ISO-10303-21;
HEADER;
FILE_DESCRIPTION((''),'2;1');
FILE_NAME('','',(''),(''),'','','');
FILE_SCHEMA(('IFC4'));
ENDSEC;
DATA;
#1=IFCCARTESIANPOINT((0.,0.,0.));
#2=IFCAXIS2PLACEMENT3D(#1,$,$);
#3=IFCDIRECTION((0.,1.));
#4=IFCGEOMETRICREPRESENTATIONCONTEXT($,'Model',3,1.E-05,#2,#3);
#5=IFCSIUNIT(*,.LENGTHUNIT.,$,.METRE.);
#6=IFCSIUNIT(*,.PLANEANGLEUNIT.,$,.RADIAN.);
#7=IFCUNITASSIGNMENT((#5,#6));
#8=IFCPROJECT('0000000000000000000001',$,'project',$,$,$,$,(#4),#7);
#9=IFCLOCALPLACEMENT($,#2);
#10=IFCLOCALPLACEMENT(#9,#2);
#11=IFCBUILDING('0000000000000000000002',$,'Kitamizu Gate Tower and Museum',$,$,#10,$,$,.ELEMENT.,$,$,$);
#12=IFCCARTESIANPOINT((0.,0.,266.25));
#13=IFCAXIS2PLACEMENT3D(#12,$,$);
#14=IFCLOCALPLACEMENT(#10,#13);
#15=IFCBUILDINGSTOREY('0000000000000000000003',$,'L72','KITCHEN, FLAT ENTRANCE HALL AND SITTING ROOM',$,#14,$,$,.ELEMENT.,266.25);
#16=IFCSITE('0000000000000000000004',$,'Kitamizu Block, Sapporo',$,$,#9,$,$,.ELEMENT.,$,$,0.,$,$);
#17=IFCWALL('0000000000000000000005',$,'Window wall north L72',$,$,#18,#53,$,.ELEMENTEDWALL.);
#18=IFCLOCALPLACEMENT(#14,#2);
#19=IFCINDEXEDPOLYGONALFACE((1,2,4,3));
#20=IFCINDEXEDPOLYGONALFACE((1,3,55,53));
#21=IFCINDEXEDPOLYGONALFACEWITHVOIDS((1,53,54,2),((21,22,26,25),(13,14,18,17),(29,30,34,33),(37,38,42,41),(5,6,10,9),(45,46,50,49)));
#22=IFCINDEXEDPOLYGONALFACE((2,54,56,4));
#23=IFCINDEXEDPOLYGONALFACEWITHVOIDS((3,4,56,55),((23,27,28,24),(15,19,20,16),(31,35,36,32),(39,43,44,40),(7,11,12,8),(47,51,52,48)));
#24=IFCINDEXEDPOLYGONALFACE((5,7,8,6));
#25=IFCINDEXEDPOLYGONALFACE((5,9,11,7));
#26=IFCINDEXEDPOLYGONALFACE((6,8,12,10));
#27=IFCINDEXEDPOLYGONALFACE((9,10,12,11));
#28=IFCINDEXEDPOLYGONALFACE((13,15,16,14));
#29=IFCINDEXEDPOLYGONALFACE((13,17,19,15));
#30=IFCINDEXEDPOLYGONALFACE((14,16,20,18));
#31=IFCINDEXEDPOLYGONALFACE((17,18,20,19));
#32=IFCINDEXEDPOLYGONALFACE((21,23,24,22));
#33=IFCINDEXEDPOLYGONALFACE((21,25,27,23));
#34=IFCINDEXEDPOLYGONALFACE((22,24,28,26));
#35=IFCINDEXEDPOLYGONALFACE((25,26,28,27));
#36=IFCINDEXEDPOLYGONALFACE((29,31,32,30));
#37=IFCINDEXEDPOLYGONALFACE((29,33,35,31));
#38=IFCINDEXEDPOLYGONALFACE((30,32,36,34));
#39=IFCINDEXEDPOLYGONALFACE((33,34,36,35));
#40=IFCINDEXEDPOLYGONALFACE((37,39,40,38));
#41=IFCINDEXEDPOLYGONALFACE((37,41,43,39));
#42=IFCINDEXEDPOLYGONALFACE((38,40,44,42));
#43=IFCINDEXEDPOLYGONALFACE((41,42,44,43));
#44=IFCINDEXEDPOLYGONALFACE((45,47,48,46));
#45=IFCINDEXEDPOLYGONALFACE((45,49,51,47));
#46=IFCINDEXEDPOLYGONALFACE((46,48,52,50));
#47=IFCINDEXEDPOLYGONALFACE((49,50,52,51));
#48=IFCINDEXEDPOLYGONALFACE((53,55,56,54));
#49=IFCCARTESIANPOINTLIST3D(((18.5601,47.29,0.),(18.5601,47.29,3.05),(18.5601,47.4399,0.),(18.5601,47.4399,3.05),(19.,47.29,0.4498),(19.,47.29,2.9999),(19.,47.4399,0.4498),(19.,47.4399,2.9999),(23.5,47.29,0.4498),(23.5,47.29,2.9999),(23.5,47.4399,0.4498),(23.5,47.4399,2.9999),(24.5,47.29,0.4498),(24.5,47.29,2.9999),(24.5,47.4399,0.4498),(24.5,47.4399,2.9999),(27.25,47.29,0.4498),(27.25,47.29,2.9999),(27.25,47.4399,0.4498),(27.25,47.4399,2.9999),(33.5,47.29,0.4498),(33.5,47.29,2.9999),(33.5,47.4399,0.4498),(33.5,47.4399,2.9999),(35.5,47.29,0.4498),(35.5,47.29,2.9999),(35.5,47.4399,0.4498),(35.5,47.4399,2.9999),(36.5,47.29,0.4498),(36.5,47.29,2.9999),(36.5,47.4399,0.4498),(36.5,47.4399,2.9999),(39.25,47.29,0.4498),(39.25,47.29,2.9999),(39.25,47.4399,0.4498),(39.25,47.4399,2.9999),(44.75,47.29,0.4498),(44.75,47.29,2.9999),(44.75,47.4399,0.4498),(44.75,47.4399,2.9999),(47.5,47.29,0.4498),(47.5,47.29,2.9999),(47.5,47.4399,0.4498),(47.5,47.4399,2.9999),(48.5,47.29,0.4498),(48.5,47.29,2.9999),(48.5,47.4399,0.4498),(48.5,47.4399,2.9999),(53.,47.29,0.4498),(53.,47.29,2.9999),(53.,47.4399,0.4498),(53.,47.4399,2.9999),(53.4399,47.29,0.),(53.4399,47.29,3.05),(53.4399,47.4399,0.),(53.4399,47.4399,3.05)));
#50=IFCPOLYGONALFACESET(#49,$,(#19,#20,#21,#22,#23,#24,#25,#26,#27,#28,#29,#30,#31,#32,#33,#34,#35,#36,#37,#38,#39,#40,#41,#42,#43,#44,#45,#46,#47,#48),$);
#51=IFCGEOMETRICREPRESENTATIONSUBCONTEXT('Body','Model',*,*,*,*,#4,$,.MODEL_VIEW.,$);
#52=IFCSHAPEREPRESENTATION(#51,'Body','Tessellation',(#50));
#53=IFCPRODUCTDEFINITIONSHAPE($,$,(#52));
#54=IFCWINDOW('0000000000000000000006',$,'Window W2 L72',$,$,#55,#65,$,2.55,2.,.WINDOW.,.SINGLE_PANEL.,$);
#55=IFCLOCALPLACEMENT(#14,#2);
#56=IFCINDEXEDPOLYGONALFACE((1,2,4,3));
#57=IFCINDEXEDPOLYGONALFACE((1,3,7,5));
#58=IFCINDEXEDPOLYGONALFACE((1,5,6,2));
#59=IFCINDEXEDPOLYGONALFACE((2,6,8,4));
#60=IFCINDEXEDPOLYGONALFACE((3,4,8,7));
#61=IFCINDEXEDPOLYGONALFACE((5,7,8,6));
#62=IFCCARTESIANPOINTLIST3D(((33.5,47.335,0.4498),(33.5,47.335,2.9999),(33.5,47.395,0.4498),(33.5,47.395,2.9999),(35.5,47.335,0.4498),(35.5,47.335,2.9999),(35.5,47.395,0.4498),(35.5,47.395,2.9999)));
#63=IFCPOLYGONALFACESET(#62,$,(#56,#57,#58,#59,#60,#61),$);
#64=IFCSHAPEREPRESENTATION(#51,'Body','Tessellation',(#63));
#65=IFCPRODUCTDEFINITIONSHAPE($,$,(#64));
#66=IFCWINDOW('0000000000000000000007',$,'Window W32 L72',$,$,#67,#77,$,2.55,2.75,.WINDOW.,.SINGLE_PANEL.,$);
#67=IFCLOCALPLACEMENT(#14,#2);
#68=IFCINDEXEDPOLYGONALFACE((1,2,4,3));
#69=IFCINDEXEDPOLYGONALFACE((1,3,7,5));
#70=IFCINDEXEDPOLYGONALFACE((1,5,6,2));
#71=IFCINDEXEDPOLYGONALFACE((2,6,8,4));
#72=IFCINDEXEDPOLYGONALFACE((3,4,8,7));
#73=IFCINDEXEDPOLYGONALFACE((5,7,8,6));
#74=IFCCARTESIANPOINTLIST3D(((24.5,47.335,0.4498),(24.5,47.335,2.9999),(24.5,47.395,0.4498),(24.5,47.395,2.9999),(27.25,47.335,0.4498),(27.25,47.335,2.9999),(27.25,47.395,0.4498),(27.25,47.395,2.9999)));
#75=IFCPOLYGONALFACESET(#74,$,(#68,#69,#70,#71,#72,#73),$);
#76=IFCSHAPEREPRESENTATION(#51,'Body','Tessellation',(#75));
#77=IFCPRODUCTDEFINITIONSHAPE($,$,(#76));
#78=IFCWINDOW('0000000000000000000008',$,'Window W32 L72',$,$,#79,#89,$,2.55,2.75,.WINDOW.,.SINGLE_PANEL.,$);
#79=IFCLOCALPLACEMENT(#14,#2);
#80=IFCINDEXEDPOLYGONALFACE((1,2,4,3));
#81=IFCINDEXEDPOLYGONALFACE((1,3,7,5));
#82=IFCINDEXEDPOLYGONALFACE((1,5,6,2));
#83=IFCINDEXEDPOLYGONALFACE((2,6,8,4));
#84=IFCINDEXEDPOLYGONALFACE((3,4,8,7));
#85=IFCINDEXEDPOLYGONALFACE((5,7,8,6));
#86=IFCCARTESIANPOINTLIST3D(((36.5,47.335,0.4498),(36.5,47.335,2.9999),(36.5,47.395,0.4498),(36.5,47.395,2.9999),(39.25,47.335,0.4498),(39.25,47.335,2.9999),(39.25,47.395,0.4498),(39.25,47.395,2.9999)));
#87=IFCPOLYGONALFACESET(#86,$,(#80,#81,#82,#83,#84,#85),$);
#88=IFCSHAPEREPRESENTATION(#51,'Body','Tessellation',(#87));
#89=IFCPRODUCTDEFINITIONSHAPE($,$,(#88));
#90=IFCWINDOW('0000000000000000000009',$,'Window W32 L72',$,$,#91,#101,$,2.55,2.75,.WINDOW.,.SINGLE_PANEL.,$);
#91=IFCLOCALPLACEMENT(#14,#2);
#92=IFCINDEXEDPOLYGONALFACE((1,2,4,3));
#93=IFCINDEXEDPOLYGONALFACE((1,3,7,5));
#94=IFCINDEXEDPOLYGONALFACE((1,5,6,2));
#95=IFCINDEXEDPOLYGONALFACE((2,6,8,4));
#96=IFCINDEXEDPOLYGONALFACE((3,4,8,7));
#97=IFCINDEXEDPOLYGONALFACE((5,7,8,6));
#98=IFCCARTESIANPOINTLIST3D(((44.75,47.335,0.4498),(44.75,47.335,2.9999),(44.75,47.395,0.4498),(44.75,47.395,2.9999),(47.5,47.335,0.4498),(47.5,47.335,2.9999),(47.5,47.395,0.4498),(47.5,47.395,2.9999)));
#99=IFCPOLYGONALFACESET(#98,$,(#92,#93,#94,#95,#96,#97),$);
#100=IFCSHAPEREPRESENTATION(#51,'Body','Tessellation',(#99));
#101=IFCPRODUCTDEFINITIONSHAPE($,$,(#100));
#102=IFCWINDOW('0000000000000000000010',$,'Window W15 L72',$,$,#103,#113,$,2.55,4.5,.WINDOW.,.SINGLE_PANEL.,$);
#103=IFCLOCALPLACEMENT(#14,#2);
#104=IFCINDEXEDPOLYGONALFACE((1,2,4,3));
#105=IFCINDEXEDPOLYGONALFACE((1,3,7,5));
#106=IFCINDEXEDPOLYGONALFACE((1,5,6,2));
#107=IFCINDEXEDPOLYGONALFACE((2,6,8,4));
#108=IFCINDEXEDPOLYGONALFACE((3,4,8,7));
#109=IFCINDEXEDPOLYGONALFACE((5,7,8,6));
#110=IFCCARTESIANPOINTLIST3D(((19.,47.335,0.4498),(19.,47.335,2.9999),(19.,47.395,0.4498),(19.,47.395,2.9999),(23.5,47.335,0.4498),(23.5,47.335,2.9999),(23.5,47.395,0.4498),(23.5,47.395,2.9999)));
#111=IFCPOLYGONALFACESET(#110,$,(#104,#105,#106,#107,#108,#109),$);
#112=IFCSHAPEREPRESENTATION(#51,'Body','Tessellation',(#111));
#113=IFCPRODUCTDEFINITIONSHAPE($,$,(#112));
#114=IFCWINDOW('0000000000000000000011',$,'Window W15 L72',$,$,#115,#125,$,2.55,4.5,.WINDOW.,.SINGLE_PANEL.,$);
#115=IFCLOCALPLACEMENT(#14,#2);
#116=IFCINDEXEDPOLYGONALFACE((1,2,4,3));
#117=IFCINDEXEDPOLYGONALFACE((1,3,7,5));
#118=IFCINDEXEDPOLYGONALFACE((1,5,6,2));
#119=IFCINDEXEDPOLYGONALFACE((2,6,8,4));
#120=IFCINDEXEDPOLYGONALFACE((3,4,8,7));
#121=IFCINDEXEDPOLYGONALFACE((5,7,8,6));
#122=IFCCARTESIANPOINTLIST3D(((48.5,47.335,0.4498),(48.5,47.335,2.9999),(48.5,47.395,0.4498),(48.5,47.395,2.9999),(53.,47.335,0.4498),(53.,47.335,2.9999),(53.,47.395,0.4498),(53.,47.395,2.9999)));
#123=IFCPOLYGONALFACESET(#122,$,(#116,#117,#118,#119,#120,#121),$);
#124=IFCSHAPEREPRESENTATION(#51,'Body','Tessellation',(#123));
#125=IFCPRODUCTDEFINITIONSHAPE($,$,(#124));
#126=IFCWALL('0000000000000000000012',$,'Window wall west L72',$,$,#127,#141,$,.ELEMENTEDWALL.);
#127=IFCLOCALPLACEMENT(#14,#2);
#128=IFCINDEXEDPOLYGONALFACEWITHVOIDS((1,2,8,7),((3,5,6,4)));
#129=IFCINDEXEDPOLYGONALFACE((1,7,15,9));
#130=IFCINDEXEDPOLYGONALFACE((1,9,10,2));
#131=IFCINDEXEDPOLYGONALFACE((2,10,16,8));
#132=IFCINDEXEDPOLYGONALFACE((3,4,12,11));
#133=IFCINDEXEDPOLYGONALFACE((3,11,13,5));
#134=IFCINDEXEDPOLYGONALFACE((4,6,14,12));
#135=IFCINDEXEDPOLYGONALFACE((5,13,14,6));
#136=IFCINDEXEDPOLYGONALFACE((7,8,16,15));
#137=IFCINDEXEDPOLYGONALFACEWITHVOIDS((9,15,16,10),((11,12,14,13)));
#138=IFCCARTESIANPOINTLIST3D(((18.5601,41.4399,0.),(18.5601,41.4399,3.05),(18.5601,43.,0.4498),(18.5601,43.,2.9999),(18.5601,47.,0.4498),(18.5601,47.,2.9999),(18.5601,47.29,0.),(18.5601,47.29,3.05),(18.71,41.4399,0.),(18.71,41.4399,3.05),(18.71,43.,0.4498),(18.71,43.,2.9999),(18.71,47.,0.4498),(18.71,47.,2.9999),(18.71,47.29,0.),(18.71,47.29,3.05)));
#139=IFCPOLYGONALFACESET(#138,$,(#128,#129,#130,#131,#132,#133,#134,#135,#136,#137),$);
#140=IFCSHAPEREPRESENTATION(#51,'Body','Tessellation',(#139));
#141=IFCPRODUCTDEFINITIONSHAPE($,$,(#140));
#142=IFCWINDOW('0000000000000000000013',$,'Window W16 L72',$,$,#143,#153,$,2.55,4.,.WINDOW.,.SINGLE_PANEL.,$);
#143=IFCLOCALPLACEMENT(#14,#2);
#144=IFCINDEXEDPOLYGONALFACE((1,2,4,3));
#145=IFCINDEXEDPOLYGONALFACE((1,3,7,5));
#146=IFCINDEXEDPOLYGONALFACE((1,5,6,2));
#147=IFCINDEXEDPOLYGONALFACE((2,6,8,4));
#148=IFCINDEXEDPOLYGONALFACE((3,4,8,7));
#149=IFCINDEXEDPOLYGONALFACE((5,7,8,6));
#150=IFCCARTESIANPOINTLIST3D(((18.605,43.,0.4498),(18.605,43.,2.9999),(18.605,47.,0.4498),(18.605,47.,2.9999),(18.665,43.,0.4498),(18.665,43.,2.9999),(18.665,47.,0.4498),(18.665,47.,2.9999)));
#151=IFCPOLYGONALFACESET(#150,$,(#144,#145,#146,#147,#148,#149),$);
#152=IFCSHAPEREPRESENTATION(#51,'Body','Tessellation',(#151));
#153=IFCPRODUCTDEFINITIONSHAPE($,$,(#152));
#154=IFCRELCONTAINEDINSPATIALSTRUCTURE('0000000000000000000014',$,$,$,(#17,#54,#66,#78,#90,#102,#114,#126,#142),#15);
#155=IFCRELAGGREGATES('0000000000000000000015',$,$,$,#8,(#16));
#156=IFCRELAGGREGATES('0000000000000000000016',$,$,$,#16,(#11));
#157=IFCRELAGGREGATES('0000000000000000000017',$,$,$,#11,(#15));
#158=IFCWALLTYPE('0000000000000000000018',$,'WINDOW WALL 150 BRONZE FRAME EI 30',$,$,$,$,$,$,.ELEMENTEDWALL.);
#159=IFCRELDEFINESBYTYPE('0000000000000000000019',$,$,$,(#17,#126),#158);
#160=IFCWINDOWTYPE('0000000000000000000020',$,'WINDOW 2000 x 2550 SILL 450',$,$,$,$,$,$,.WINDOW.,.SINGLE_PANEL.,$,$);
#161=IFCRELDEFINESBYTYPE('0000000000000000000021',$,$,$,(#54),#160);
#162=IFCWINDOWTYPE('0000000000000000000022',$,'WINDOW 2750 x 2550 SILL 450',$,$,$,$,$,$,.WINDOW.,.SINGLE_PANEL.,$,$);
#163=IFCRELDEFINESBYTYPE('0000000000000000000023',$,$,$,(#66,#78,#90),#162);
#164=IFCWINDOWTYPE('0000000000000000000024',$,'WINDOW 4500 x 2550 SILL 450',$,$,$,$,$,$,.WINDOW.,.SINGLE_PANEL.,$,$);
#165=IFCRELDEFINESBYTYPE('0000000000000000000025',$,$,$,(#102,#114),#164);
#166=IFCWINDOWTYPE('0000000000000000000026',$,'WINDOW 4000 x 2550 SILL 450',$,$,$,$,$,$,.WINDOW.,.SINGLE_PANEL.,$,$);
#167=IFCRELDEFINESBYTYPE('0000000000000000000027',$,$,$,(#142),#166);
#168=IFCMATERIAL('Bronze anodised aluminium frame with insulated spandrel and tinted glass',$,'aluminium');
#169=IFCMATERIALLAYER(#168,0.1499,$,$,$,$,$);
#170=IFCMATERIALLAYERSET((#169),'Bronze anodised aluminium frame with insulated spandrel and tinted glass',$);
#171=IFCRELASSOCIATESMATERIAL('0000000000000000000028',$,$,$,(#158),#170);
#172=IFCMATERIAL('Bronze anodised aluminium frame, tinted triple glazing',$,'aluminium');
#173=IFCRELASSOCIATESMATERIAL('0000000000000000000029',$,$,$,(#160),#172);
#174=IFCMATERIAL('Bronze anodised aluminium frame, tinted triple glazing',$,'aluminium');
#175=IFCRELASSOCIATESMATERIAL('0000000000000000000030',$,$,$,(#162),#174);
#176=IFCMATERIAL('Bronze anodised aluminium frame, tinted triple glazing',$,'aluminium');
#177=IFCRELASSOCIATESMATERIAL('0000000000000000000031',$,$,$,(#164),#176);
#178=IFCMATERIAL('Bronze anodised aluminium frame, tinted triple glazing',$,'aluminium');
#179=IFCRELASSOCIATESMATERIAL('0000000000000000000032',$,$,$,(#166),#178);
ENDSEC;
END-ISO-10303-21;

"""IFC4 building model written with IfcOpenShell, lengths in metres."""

from ifc_helpers import new_model, si_unit, direction, frame, frame_2d, origin, place, context, subcontext, project, spatial, rectangle, extrude, material, layer, layer_set, type_object, element, fill, save


model = new_model("IFC4")

# Units and contexts
model_context = context("Model", 3, precision=1e-05, world=origin(), true_north=direction((0.0, 1.0)))
body_context = subcontext(model_context, "Body", "Model", "MODEL_VIEW")
ifc_project = project(units=[si_unit("LENGTHUNIT", "METRE"), si_unit("PLANEANGLEUNIT", "RADIAN")], contexts=[model_context])

# Site, building, storey
site_placement = place(None, origin())
site = spatial("IfcSite", under=ifc_project, at=site_placement, Name="Kitamizu Block, Sapporo", CompositionType="ELEMENT", RefElevation=0.0)
building_placement = place(site_placement, origin())
building = spatial("IfcBuilding", under=site, at=building_placement, Name="Kitamizu Gate Tower and Museum", CompositionType="ELEMENT")
storey_placement = place(building_placement, frame((0.0, 0.0, 266.25)))
storey = spatial("IfcBuildingStorey", under=building, at=storey_placement, Name="L72", Description="KITCHEN, FLAT ENTRANCE HALL AND SITTING ROOM", CompositionType="ELEMENT", Elevation=266.25)

# Wall, openings, windows
ifc_material_1 = material(Name="Bronze anodised aluminium frame with insulated spandrel and tinted glass", Category="aluminium")
ifc_layer_1 = layer(ifc_material_1, 0.1499)
ifc_layer_set_1 = layer_set([ifc_layer_1], Name="Bronze anodised aluminium frame with insulated spandrel and tinted glass")
wall_type_1 = type_object("IfcWallType", Name="WINDOW WALL 150 BRONZE FRAME EI 30", PredefinedType="ELEMENTEDWALL", material=ifc_layer_set_1)
wall_1_placement = place(storey_placement, frame((18.5601, 47.365, 0.0), z_axis=(0.0, 0.0, 1.0), x_axis=(1.0, 0.0, 0.0)))
wall_1 = element("IfcWall", 1, at=wall_1_placement, inside=storey, type_object=wall_type_1, Name="Window wall north L72", PredefinedType="ELEMENTEDWALL", context=body_context, shape_type="SweptSolid", body=[
    extrude(rectangle(XDim=34.8799, YDim=0.1499, at=frame_2d((17.4399, 0.0))), origin(), (0.0, 0.0, 1.0), 3.05),
])
opening_1_placement = place(wall_1_placement, frame((0.4399, 0.0, 0.45)))
opening_1 = element("IfcOpeningElement", 2, at=opening_1_placement, cuts=wall_1, PredefinedType="OPENING", context=body_context, shape_type="SweptSolid", body=[
    extrude(rectangle(XDim=4.5, YDim=2.55, at=frame_2d((2.25, 1.2749))), frame((0.0, 0.085, 0.0), z_axis=(0.0, -1.0, 0.0), x_axis=(1.0, 0.0, 0.0)), (0.0, 0.0, 1.0), 0.1699),
])
opening_2_placement = place(wall_1_placement, frame((5.9399, 0.0, 0.45)))
opening_2 = element("IfcOpeningElement", 3, at=opening_2_placement, cuts=wall_1, PredefinedType="OPENING", context=body_context, shape_type="SweptSolid", body=[
    extrude(rectangle(XDim=2.75, YDim=2.55, at=frame_2d((1.375, 1.2749))), frame((0.0, 0.085, 0.0), z_axis=(0.0, -1.0, 0.0), x_axis=(1.0, 0.0, 0.0)), (0.0, 0.0, 1.0), 0.1699),
])
opening_3_placement = place(wall_1_placement, frame((14.9399, 0.0, 0.45)))
opening_3 = element("IfcOpeningElement", 4, at=opening_3_placement, cuts=wall_1, PredefinedType="OPENING", context=body_context, shape_type="SweptSolid", body=[
    extrude(rectangle(XDim=2.0, YDim=2.55, at=frame_2d((1.0, 1.2749))), frame((0.0, 0.085, 0.0), z_axis=(0.0, -1.0, 0.0), x_axis=(1.0, 0.0, 0.0)), (0.0, 0.0, 1.0), 0.1699),
])
opening_4_placement = place(wall_1_placement, frame((17.9399, 0.0, 0.45)))
opening_4 = element("IfcOpeningElement", 5, at=opening_4_placement, cuts=wall_1, PredefinedType="OPENING", context=body_context, shape_type="SweptSolid", body=[
    extrude(rectangle(XDim=2.75, YDim=2.55, at=frame_2d((1.375, 1.2749))), frame((0.0, 0.085, 0.0), z_axis=(0.0, -1.0, 0.0), x_axis=(1.0, 0.0, 0.0)), (0.0, 0.0, 1.0), 0.1699),
])
opening_5_placement = place(wall_1_placement, frame((26.1899, 0.0, 0.45)))
opening_5 = element("IfcOpeningElement", 6, at=opening_5_placement, cuts=wall_1, PredefinedType="OPENING", context=body_context, shape_type="SweptSolid", body=[
    extrude(rectangle(XDim=2.75, YDim=2.55, at=frame_2d((1.375, 1.2749))), frame((0.0, 0.085, 0.0), z_axis=(0.0, -1.0, 0.0), x_axis=(1.0, 0.0, 0.0)), (0.0, 0.0, 1.0), 0.1699),
])
opening_6_placement = place(wall_1_placement, frame((29.9399, 0.0, 0.45)))
opening_6 = element("IfcOpeningElement", 7, at=opening_6_placement, cuts=wall_1, PredefinedType="OPENING", context=body_context, shape_type="SweptSolid", body=[
    extrude(rectangle(XDim=4.5, YDim=2.55, at=frame_2d((2.25, 1.2749))), frame((0.0, 0.085, 0.0), z_axis=(0.0, -1.0, 0.0), x_axis=(1.0, 0.0, 0.0)), (0.0, 0.0, 1.0), 0.1699),
])
ifc_material_2 = material(Name="Bronze anodised aluminium frame, tinted triple glazing", Category="aluminium")
window_type_1 = type_object("IfcWindowType", Name="WINDOW 2000 x 2550 SILL 450", PartitioningType="SINGLE_PANEL", PredefinedType="WINDOW", material=ifc_material_2)
window_1_placement = place(opening_3_placement, origin())
window_1 = element("IfcWindow", 8, at=window_1_placement, inside=storey, type_object=window_type_1, Name="Window W2 L72", OverallHeight=2.55, OverallWidth=2.0, PartitioningType="SINGLE_PANEL", PredefinedType="WINDOW", context=body_context, shape_type="SweptSolid", body=[
    extrude(rectangle(XDim=2.0, YDim=2.55, at=frame_2d((1.0, 1.2749))), frame((0.0, 0.03, 0.0), z_axis=(0.0, -1.0, 0.0), x_axis=(1.0, 0.0, 0.0)), (0.0, 0.0, 1.0), 0.0601),
])
fill(opening_3, window_1)
ifc_material_3 = material(Name="Bronze anodised aluminium frame, tinted triple glazing", Category="aluminium")
window_type_2 = type_object("IfcWindowType", Name="WINDOW 2750 x 2550 SILL 450", PartitioningType="SINGLE_PANEL", PredefinedType="WINDOW", material=ifc_material_3)
window_2_placement = place(opening_2_placement, origin())
window_2 = element("IfcWindow", 9, at=window_2_placement, inside=storey, type_object=window_type_2, Name="Window W32 L72", OverallHeight=2.55, OverallWidth=2.75, PartitioningType="SINGLE_PANEL", PredefinedType="WINDOW", context=body_context, shape_type="SweptSolid", body=[
    extrude(rectangle(XDim=2.75, YDim=2.55, at=frame_2d((1.375, 1.2749))), frame((0.0, 0.03, 0.0), z_axis=(0.0, -1.0, 0.0), x_axis=(1.0, 0.0, 0.0)), (0.0, 0.0, 1.0), 0.0601),
])
fill(opening_2, window_2)
window_3_placement = place(opening_4_placement, origin())
window_3 = element("IfcWindow", 10, at=window_3_placement, inside=storey, type_object=window_type_2, Name="Window W32 L72", OverallHeight=2.55, OverallWidth=2.75, PartitioningType="SINGLE_PANEL", PredefinedType="WINDOW", context=body_context, shape_type="SweptSolid", body=[
    extrude(rectangle(XDim=2.75, YDim=2.55, at=frame_2d((1.375, 1.2749))), frame((0.0, 0.03, 0.0), z_axis=(0.0, -1.0, 0.0), x_axis=(1.0, 0.0, 0.0)), (0.0, 0.0, 1.0), 0.0601),
])
fill(opening_4, window_3)
window_4_placement = place(opening_5_placement, origin())
window_4 = element("IfcWindow", 11, at=window_4_placement, inside=storey, type_object=window_type_2, Name="Window W32 L72", OverallHeight=2.55, OverallWidth=2.75, PartitioningType="SINGLE_PANEL", PredefinedType="WINDOW", context=body_context, shape_type="SweptSolid", body=[
    extrude(rectangle(XDim=2.75, YDim=2.55, at=frame_2d((1.375, 1.2749))), frame((0.0, 0.03, 0.0), z_axis=(0.0, -1.0, 0.0), x_axis=(1.0, 0.0, 0.0)), (0.0, 0.0, 1.0), 0.0601),
])
fill(opening_5, window_4)
ifc_material_4 = material(Name="Bronze anodised aluminium frame, tinted triple glazing", Category="aluminium")
window_type_3 = type_object("IfcWindowType", Name="WINDOW 4500 x 2550 SILL 450", PartitioningType="SINGLE_PANEL", PredefinedType="WINDOW", material=ifc_material_4)
window_5_placement = place(opening_1_placement, origin())
window_5 = element("IfcWindow", 12, at=window_5_placement, inside=storey, type_object=window_type_3, Name="Window W15 L72", OverallHeight=2.55, OverallWidth=4.5, PartitioningType="SINGLE_PANEL", PredefinedType="WINDOW", context=body_context, shape_type="SweptSolid", body=[
    extrude(rectangle(XDim=4.5, YDim=2.55, at=frame_2d((2.25, 1.2749))), frame((0.0, 0.03, 0.0), z_axis=(0.0, -1.0, 0.0), x_axis=(1.0, 0.0, 0.0)), (0.0, 0.0, 1.0), 0.0601),
])
fill(opening_1, window_5)
window_6_placement = place(opening_6_placement, origin())
window_6 = element("IfcWindow", 13, at=window_6_placement, inside=storey, type_object=window_type_3, Name="Window W15 L72", OverallHeight=2.55, OverallWidth=4.5, PartitioningType="SINGLE_PANEL", PredefinedType="WINDOW", context=body_context, shape_type="SweptSolid", body=[
    extrude(rectangle(XDim=4.5, YDim=2.55, at=frame_2d((2.25, 1.2749))), frame((0.0, 0.03, 0.0), z_axis=(0.0, -1.0, 0.0), x_axis=(1.0, 0.0, 0.0)), (0.0, 0.0, 1.0), 0.0601),
])
fill(opening_6, window_6)

# Wall, opening, window
wall_2_placement = place(storey_placement, frame((18.635, 41.4399, 0.0), z_axis=(0.0, 0.0, 1.0), x_axis=(0.0, 1.0, 0.0)))
wall_2 = element("IfcWall", 14, at=wall_2_placement, inside=storey, type_object=wall_type_1, Name="Window wall west L72", PredefinedType="ELEMENTEDWALL", context=body_context, shape_type="SweptSolid", body=[
    extrude(rectangle(XDim=5.8501, YDim=0.1499, at=frame_2d((2.925, 0.0))), origin(), (0.0, 0.0, 1.0), 3.05),
])
opening_7_placement = place(wall_2_placement, frame((1.5601, 0.0, 0.45)))
opening_7 = element("IfcOpeningElement", 15, at=opening_7_placement, cuts=wall_2, PredefinedType="OPENING", context=body_context, shape_type="SweptSolid", body=[
    extrude(rectangle(XDim=4.0, YDim=2.55, at=frame_2d((2.0, 1.2749))), frame((0.0, 0.085, 0.0), z_axis=(0.0, -1.0, 0.0), x_axis=(1.0, 0.0, 0.0)), (0.0, 0.0, 1.0), 0.1699),
])
ifc_material_5 = material(Name="Bronze anodised aluminium frame, tinted triple glazing", Category="aluminium")
window_type_4 = type_object("IfcWindowType", Name="WINDOW 4000 x 2550 SILL 450", PartitioningType="SINGLE_PANEL", PredefinedType="WINDOW", material=ifc_material_5)
window_7_placement = place(opening_7_placement, origin())
window_7 = element("IfcWindow", 16, at=window_7_placement, inside=storey, type_object=window_type_4, Name="Window W16 L72", OverallHeight=2.55, OverallWidth=4.0, PartitioningType="SINGLE_PANEL", PredefinedType="WINDOW", context=body_context, shape_type="SweptSolid", body=[
    extrude(rectangle(XDim=4.0, YDim=2.55, at=frame_2d((2.0, 1.2749))), frame((0.0, 0.03, 0.0), z_axis=(0.0, -1.0, 0.0), x_axis=(1.0, 0.0, 0.0)), (0.0, 0.0, 1.0), 0.0601),
])
fill(opening_7, window_7)

save(model, "model.ifc")
